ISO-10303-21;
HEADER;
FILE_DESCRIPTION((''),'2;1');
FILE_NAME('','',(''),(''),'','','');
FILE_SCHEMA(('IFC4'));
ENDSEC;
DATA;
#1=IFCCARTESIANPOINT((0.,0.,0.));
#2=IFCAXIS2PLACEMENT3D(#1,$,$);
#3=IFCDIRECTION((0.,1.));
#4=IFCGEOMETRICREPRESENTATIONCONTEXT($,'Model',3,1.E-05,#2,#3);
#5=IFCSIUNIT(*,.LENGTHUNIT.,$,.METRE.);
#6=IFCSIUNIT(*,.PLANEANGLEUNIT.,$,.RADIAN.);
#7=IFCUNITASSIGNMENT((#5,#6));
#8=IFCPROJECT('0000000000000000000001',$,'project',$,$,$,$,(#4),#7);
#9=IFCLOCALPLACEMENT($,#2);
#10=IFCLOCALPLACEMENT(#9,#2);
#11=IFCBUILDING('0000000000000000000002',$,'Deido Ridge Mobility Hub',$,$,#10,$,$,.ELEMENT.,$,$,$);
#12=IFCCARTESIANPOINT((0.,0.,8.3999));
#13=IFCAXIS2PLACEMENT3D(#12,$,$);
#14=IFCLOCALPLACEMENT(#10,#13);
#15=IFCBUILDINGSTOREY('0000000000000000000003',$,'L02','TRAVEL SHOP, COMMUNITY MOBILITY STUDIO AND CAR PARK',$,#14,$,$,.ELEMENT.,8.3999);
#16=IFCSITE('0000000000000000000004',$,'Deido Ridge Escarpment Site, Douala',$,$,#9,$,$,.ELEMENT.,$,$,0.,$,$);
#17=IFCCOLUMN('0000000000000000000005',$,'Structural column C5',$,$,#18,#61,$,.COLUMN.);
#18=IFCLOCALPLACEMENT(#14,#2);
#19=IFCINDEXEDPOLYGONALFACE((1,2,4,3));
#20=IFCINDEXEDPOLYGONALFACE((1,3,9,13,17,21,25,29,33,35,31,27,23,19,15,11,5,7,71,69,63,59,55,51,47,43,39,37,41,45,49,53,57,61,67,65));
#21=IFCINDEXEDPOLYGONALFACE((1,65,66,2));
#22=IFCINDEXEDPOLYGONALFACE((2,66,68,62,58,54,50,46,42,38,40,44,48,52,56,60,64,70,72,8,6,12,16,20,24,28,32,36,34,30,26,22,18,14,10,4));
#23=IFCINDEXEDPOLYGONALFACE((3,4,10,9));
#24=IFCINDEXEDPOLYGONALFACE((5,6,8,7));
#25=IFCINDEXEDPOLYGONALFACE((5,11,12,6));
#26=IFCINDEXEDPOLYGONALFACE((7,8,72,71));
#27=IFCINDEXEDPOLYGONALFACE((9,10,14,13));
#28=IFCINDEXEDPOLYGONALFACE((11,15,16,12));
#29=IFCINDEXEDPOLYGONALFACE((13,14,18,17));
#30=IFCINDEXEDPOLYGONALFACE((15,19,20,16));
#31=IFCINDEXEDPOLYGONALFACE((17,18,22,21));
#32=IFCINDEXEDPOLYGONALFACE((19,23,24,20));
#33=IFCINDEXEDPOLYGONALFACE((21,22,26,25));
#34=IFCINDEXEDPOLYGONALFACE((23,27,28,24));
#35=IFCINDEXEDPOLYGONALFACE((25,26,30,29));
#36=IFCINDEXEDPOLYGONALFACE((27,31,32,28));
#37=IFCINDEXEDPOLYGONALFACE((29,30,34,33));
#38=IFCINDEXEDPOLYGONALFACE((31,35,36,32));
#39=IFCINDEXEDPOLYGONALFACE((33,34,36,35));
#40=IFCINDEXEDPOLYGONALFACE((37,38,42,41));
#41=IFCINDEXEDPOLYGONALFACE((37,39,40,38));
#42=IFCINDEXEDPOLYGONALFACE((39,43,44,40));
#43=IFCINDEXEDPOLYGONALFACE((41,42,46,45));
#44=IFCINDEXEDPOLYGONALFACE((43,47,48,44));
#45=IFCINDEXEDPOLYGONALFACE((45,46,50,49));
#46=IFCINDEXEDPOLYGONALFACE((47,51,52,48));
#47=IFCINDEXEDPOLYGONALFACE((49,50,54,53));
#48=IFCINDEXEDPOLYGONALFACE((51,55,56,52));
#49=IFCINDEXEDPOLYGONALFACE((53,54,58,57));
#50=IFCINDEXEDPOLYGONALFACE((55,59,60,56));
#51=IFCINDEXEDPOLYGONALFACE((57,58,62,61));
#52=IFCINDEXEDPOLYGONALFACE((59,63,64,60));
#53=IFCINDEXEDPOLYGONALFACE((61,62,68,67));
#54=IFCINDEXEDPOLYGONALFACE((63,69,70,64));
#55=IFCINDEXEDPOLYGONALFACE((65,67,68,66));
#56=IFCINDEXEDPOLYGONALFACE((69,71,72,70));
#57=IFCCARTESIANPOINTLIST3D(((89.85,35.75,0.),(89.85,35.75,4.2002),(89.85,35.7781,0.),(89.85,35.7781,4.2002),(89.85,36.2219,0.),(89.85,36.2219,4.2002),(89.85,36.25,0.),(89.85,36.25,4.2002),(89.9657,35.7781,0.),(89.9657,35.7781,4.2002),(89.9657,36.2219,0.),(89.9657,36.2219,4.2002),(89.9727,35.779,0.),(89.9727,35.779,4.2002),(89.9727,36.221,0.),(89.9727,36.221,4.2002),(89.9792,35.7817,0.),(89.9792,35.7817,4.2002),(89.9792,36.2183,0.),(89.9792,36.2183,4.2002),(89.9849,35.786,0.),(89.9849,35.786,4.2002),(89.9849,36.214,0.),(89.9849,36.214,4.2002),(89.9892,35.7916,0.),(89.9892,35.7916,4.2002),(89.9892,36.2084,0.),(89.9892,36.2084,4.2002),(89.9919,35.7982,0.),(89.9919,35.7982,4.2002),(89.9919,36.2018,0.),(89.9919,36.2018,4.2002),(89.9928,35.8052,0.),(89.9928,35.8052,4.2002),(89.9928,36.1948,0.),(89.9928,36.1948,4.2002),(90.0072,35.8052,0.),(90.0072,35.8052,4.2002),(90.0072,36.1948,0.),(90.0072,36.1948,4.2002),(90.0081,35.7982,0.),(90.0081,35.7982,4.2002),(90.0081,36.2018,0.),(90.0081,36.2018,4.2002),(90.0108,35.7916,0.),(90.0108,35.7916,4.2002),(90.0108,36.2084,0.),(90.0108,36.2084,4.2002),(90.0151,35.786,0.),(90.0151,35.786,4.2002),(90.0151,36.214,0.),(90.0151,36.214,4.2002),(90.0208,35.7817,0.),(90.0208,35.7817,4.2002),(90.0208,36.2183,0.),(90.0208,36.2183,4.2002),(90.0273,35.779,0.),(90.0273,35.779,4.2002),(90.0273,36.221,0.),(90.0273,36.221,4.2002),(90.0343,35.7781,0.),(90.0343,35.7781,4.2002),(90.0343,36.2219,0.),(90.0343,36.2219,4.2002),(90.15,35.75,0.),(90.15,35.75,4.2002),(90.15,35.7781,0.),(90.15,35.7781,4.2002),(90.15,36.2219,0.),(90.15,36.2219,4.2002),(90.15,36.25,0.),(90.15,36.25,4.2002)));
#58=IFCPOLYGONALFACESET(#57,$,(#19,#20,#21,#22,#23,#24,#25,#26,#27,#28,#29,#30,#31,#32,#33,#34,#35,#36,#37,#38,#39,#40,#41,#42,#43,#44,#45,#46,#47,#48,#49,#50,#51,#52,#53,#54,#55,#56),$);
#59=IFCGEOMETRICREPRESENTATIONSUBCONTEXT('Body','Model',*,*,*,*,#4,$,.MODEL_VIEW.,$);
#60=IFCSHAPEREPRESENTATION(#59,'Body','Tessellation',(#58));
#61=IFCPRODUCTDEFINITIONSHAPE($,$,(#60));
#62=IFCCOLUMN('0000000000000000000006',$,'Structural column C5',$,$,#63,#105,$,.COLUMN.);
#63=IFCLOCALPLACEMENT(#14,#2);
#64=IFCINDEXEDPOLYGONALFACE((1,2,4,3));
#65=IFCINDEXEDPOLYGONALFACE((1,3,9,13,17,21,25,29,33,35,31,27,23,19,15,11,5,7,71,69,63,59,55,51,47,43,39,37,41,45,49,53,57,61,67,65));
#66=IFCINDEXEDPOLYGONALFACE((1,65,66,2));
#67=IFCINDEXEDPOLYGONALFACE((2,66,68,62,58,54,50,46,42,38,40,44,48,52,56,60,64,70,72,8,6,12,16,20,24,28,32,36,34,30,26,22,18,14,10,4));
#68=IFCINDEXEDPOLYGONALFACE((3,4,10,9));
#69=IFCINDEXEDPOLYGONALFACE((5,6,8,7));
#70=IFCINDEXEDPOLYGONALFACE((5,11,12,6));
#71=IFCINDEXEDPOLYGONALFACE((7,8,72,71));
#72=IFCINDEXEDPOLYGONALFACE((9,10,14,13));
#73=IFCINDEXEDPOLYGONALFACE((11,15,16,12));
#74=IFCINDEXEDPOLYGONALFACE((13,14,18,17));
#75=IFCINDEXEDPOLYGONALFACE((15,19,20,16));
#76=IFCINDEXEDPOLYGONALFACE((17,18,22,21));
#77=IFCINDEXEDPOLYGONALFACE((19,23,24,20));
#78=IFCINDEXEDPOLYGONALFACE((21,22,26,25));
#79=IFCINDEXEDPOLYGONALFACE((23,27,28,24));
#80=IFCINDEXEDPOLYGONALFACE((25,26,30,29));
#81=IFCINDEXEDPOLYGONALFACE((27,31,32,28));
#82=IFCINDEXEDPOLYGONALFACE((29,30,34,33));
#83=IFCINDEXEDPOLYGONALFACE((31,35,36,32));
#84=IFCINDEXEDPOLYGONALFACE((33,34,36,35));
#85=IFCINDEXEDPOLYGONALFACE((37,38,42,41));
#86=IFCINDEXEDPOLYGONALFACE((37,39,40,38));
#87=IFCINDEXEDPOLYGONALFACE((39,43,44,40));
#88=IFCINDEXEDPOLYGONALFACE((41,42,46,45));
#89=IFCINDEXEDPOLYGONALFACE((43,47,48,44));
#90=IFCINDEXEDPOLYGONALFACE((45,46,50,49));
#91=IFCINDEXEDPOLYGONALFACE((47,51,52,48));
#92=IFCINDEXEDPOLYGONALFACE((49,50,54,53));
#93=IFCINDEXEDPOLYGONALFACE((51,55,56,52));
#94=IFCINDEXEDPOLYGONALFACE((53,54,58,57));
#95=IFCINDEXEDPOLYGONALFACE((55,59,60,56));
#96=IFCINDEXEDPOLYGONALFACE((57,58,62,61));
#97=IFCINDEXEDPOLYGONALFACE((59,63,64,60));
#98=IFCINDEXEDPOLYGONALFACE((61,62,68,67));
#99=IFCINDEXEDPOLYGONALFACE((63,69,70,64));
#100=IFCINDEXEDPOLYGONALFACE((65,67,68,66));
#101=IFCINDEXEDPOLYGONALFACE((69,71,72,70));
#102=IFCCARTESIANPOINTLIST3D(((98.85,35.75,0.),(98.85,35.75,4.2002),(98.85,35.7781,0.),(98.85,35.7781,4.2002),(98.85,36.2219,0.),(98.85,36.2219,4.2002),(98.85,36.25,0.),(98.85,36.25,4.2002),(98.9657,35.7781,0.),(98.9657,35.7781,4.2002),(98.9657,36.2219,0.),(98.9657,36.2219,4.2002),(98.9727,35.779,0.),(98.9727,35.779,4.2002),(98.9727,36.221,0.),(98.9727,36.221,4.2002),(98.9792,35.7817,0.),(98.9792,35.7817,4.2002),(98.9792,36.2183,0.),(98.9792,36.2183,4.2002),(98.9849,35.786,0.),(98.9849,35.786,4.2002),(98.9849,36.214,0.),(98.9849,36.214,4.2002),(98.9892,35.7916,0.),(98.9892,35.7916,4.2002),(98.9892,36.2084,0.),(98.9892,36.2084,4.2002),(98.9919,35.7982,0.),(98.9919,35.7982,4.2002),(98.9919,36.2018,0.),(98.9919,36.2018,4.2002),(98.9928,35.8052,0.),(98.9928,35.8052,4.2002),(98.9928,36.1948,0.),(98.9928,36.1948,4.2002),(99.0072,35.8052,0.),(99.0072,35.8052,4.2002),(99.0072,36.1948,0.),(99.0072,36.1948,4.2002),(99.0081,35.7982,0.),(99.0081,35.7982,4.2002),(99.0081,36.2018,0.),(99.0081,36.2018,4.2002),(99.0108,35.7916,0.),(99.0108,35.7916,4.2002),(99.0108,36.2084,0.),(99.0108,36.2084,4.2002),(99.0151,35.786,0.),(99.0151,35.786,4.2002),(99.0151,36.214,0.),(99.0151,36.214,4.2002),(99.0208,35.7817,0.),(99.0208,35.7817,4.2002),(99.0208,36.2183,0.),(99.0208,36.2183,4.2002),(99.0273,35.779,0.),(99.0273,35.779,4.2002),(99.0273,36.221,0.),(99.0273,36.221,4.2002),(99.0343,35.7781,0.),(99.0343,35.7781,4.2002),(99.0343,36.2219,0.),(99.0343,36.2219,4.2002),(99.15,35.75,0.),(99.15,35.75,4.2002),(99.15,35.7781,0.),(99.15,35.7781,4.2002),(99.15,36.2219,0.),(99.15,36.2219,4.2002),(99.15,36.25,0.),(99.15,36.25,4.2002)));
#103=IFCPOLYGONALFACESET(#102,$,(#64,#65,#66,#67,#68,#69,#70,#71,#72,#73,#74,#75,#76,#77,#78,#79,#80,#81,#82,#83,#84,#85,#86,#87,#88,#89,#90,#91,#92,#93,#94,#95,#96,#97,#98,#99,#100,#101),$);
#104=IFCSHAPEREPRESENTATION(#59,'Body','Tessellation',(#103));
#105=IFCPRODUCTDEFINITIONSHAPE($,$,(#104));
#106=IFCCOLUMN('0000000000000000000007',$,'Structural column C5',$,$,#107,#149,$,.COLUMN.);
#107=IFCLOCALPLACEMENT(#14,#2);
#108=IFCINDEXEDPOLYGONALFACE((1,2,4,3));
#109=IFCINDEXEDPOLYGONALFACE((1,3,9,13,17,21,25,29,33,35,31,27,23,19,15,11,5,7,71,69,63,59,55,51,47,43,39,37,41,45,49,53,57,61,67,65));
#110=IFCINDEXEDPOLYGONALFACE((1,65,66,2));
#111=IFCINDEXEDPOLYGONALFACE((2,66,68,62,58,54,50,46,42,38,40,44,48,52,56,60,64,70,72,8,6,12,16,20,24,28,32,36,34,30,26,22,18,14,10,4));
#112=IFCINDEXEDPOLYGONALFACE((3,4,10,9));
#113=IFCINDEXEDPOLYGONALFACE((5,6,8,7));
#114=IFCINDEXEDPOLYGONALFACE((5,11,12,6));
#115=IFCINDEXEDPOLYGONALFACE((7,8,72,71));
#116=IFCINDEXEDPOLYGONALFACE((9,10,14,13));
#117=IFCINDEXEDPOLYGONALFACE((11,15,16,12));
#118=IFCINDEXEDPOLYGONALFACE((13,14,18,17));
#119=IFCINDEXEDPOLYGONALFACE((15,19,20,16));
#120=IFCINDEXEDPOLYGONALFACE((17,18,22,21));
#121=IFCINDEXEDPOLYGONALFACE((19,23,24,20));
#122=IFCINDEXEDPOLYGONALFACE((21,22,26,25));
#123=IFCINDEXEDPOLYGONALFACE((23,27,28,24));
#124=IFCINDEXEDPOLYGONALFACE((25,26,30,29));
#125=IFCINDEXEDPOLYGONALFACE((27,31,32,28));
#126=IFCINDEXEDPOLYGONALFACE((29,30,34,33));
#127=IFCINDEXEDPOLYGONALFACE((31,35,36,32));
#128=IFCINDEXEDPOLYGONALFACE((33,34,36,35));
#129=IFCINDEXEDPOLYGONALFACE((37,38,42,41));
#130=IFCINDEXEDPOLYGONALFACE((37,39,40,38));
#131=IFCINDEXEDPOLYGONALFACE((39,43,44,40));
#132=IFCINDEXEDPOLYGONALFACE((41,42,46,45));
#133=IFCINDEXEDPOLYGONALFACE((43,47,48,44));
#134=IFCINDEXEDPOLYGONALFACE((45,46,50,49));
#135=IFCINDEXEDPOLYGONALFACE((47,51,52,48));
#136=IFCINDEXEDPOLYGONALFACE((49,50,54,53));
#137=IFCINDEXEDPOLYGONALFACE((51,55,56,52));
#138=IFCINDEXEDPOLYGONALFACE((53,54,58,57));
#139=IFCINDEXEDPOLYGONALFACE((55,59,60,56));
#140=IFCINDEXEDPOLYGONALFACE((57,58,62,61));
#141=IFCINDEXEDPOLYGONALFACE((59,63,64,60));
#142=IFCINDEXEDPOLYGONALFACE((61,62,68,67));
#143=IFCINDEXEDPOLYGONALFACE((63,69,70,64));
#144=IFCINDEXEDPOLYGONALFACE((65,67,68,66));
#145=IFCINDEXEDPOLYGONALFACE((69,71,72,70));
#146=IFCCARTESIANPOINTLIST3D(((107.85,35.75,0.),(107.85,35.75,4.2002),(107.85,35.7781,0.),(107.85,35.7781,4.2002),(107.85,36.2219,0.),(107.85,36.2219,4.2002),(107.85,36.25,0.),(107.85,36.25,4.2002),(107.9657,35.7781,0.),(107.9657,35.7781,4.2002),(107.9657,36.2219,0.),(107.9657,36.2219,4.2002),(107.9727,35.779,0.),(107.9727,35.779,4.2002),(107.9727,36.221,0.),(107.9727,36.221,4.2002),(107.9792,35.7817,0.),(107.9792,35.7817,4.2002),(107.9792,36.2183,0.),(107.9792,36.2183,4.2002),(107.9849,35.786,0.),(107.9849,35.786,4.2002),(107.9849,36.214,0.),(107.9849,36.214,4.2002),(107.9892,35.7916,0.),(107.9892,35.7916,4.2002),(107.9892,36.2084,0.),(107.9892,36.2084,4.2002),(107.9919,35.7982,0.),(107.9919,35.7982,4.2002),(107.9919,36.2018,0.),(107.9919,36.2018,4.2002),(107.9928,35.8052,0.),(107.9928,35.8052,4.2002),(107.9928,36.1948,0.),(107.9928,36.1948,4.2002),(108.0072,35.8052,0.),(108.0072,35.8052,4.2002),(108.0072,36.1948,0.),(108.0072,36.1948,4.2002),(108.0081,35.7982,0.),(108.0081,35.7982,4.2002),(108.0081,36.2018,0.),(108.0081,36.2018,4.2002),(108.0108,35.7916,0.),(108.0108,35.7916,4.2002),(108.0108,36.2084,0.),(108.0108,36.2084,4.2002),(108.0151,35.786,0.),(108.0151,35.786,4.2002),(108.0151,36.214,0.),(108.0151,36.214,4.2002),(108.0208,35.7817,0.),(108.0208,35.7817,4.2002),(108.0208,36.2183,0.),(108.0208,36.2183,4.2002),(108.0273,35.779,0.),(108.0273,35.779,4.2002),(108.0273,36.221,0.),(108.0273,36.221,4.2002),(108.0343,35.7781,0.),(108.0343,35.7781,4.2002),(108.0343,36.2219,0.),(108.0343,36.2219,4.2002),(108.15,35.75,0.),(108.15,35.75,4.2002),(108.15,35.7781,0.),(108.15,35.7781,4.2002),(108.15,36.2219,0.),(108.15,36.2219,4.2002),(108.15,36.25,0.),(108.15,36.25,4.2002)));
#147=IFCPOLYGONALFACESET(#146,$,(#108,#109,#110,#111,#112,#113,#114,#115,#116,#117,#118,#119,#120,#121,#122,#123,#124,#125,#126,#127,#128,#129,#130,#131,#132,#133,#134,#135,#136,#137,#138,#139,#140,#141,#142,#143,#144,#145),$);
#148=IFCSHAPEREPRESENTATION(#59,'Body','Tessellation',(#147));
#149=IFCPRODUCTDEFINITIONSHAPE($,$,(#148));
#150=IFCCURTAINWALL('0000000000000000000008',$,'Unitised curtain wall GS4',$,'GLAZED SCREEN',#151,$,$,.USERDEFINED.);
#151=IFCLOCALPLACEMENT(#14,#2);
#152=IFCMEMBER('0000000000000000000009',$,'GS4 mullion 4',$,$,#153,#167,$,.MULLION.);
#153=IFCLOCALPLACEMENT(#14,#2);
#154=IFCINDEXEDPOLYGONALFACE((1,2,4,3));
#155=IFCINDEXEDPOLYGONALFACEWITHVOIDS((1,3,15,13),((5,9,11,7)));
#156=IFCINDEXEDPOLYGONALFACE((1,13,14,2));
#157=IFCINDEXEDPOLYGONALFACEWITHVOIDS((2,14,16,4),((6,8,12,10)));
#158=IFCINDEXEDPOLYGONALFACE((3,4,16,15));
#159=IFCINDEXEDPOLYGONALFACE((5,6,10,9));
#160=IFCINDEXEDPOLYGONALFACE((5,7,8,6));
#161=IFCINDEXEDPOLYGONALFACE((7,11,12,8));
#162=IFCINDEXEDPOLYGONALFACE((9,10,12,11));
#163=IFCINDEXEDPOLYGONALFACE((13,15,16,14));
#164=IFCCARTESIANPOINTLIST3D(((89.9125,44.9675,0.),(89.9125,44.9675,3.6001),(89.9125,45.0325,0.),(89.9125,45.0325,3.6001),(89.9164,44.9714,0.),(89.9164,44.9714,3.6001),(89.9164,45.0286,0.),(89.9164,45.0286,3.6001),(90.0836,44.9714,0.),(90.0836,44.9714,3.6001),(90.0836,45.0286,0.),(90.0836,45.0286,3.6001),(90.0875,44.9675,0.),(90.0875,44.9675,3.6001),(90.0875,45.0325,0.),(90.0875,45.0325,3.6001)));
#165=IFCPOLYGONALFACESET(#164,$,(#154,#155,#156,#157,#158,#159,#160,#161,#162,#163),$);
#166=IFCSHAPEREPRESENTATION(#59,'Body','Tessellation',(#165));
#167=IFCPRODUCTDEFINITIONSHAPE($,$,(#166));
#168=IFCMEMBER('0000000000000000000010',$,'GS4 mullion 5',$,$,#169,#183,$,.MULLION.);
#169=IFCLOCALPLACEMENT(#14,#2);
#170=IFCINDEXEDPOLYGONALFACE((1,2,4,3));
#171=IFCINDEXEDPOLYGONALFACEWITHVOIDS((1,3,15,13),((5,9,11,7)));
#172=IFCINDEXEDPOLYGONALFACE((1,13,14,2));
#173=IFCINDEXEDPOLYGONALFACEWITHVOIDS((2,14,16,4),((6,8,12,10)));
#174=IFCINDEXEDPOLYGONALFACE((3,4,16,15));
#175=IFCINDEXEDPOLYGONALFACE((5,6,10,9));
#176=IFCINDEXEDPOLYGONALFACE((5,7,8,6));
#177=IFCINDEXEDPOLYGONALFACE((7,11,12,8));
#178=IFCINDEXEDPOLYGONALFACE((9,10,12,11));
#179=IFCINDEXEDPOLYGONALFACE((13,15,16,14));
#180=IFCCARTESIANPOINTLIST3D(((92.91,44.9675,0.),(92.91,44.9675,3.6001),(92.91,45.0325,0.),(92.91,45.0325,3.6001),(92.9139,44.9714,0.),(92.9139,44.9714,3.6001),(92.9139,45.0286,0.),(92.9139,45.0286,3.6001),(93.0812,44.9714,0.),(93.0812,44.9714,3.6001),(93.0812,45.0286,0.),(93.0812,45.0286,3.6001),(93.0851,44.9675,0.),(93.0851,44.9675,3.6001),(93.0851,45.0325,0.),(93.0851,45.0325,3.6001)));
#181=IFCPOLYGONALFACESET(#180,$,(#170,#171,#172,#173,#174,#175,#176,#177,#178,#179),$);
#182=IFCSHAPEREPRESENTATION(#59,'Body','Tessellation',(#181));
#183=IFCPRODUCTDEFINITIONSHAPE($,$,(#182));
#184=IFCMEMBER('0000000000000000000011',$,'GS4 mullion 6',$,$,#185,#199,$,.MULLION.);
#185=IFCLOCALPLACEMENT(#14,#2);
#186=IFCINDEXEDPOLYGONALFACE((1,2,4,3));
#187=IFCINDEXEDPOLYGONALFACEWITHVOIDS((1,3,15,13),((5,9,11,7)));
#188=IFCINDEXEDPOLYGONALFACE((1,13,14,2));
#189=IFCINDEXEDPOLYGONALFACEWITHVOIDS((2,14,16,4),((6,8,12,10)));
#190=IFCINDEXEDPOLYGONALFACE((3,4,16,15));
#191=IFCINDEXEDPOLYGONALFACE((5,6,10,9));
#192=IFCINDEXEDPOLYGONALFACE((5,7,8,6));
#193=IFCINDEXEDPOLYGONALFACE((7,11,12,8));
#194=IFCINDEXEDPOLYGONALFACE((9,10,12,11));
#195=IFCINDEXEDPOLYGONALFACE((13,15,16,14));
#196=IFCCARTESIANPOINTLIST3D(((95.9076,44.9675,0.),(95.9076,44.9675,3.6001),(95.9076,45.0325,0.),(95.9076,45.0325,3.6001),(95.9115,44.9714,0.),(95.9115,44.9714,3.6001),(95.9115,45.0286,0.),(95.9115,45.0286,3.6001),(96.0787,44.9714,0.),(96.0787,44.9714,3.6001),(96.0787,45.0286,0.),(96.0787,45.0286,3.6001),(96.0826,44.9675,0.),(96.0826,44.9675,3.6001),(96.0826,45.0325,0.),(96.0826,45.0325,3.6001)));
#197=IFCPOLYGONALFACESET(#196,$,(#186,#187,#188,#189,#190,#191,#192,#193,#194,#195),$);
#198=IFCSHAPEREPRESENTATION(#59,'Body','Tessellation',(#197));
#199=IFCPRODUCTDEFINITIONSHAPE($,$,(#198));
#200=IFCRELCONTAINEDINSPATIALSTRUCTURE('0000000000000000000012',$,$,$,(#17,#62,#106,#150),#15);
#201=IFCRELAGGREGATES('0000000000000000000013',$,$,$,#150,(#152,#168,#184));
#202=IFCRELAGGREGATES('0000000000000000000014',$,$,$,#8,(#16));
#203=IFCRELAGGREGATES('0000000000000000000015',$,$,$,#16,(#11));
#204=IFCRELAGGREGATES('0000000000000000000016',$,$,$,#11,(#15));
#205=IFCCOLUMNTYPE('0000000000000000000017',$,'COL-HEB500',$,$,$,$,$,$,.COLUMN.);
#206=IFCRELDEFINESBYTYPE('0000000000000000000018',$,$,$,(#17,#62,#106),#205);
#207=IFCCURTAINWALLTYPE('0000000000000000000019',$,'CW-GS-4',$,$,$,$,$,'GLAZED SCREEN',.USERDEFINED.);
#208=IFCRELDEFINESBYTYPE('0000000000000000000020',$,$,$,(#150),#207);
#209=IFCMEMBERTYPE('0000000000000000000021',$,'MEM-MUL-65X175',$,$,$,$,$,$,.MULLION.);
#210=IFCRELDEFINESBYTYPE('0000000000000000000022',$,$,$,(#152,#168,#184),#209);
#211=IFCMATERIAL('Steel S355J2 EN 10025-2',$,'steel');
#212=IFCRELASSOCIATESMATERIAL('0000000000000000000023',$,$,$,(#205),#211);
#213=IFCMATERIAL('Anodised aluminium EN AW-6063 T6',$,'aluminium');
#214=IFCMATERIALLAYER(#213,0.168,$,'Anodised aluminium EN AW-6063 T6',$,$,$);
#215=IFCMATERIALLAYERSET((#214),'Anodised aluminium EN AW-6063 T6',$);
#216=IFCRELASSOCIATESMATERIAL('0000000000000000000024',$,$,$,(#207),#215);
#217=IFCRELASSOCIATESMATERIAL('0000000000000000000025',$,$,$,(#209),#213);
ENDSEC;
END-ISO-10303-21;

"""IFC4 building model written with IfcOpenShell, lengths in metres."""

from ifc_helpers import new_model, si_unit, direction, frame, origin, origin_2d, place, context, subcontext, project, spatial, hollow_rectangle, i_section, extrude, material, layer, layer_set, material_profile, profile_set, type_object, element, aggregate, save


model = new_model("IFC4")

# Units and contexts
model_context = context("Model", 3, precision=1e-05, world=origin(), true_north=direction((0.0, 1.0)))
body_context = subcontext(model_context, "Body", "Model", "MODEL_VIEW")
ifc_project = project(units=[si_unit("LENGTHUNIT", "METRE"), si_unit("PLANEANGLEUNIT", "RADIAN")], contexts=[model_context])

# Site, building, storey
site_placement = place(None, origin())
site = spatial("IfcSite", under=ifc_project, at=site_placement, Name="Deido Ridge Escarpment Site, Douala", CompositionType="ELEMENT", RefElevation=0.0)
building_placement = place(site_placement, origin())
building = spatial("IfcBuilding", under=site, at=building_placement, Name="Deido Ridge Mobility Hub", CompositionType="ELEMENT")
storey_placement = place(building_placement, frame((0.0, 0.0, 8.3999)))
storey = spatial("IfcBuildingStorey", under=building, at=storey_placement, Name="L02", Description="TRAVEL SHOP, COMMUNITY MOBILITY STUDIO AND CAR PARK", CompositionType="ELEMENT", Elevation=8.3999)

# Columns
ifc_material_1 = material(Name="Steel S355J2 EN 10025-2", Category="steel")
ifc_material_profile_1 = material_profile(ifc_material_1, i_section(OverallWidth=0.3, OverallDepth=0.5, WebThickness=0.0144, FlangeThickness=0.0281, FilletRadius=0.0271, at=origin_2d()), Name="HEB 500")
ifc_profile_set_1 = profile_set([ifc_material_profile_1], Name="Steel S355J2 EN 10025-2")
column_type = type_object("IfcColumnType", Name="COL-HEB500", PredefinedType="COLUMN", material=ifc_profile_set_1)
for number, where, z_axis, x_axis, name in (
    (1, (90.0, 36.0, 0.0), (0.0, 0.0, 1.0), (1.0, 0.0, 0.0), "Structural column C5"),
    (2, (99.0, 36.0, 0.0), (0.0, 0.0, 1.0), (1.0, 0.0, 0.0), "Structural column C5"),
    (3, (108.0, 36.0, 0.0), (0.0, 0.0, 1.0), (1.0, 0.0, 0.0), "Structural column C5"),
):
    element("IfcColumn", number, at=place(storey_placement, frame(where, z_axis=z_axis, x_axis=x_axis)), inside=storey, type_object=column_type, Name=name, PredefinedType="COLUMN", context=body_context, shape_type="SweptSolid", body=[
        extrude(i_section(OverallWidth=0.3, OverallDepth=0.5, WebThickness=0.0144, FlangeThickness=0.0281, FilletRadius=0.0271, at=origin_2d()), origin(), (0.0, 0.0, 1.0), 4.2002),
    ])

# Curtain wall, members
ifc_material_2 = material(Name="Anodised aluminium EN AW-6063 T6", Category="aluminium")
ifc_layer_1 = layer(ifc_material_2, 0.168, Name="Anodised aluminium EN AW-6063 T6")
ifc_layer_set_1 = layer_set([ifc_layer_1], Name="Anodised aluminium EN AW-6063 T6")
curtain_wall_type_1 = type_object("IfcCurtainWallType", Name="CW-GS-4", ElementType="GLAZED SCREEN", PredefinedType="USERDEFINED", material=ifc_layer_set_1)
curtain_wall_1_placement = place(storey_placement, origin())
curtain_wall_1 = element("IfcCurtainWall", 4, at=curtain_wall_1_placement, inside=storey, type_object=curtain_wall_type_1, Name="Unitised curtain wall GS4", ObjectType="GLAZED SCREEN", PredefinedType="USERDEFINED")
ifc_material_profile_2 = material_profile(ifc_material_2, hollow_rectangle(XDim=0.0649, YDim=0.175, WallThickness=0.0039, at=origin_2d()), Name="RHS 65x175x4")
ifc_profile_set_2 = profile_set([ifc_material_profile_2], Name="Anodised aluminium EN AW-6063 T6")
member_type_1 = type_object("IfcMemberType", Name="MEM-MUL-65X175", PredefinedType="MULLION", material=ifc_profile_set_2)
member_1_placement = place(storey_placement, frame((90.0, 45.0, 0.0), z_axis=(0.0, 0.0, 1.0), x_axis=(0.0, 1.0, 0.0)))
member_1 = element("IfcMember", 5, at=member_1_placement, type_object=member_type_1, Name="GS4 mullion 4", PredefinedType="MULLION", context=body_context, shape_type="SweptSolid", body=[
    extrude(hollow_rectangle(XDim=0.0649, YDim=0.175, WallThickness=0.0039, at=origin_2d()), origin(), (0.0, 0.0, 1.0), 3.6001),
])
member_2_placement = place(storey_placement, frame((92.9976, 45.0, 0.0), z_axis=(0.0, 0.0, 1.0), x_axis=(0.0, 1.0, 0.0)))
member_2 = element("IfcMember", 6, at=member_2_placement, type_object=member_type_1, Name="GS4 mullion 5", PredefinedType="MULLION", context=body_context, shape_type="SweptSolid", body=[
    extrude(hollow_rectangle(XDim=0.0649, YDim=0.175, WallThickness=0.0039, at=origin_2d()), origin(), (0.0, 0.0, 1.0), 3.6001),
])
member_3_placement = place(storey_placement, frame((95.9951, 45.0, 0.0), z_axis=(0.0, 0.0, 1.0), x_axis=(0.0, 1.0, 0.0)))
member_3 = element("IfcMember", 7, at=member_3_placement, type_object=member_type_1, Name="GS4 mullion 6", PredefinedType="MULLION", context=body_context, shape_type="SweptSolid", body=[
    extrude(hollow_rectangle(XDim=0.0649, YDim=0.175, WallThickness=0.0039, at=origin_2d()), origin(), (0.0, 0.0, 1.0), 3.6001),
])

aggregate(curtain_wall_1, [member_1, member_2, member_3])

save(model, "model.ifc")
